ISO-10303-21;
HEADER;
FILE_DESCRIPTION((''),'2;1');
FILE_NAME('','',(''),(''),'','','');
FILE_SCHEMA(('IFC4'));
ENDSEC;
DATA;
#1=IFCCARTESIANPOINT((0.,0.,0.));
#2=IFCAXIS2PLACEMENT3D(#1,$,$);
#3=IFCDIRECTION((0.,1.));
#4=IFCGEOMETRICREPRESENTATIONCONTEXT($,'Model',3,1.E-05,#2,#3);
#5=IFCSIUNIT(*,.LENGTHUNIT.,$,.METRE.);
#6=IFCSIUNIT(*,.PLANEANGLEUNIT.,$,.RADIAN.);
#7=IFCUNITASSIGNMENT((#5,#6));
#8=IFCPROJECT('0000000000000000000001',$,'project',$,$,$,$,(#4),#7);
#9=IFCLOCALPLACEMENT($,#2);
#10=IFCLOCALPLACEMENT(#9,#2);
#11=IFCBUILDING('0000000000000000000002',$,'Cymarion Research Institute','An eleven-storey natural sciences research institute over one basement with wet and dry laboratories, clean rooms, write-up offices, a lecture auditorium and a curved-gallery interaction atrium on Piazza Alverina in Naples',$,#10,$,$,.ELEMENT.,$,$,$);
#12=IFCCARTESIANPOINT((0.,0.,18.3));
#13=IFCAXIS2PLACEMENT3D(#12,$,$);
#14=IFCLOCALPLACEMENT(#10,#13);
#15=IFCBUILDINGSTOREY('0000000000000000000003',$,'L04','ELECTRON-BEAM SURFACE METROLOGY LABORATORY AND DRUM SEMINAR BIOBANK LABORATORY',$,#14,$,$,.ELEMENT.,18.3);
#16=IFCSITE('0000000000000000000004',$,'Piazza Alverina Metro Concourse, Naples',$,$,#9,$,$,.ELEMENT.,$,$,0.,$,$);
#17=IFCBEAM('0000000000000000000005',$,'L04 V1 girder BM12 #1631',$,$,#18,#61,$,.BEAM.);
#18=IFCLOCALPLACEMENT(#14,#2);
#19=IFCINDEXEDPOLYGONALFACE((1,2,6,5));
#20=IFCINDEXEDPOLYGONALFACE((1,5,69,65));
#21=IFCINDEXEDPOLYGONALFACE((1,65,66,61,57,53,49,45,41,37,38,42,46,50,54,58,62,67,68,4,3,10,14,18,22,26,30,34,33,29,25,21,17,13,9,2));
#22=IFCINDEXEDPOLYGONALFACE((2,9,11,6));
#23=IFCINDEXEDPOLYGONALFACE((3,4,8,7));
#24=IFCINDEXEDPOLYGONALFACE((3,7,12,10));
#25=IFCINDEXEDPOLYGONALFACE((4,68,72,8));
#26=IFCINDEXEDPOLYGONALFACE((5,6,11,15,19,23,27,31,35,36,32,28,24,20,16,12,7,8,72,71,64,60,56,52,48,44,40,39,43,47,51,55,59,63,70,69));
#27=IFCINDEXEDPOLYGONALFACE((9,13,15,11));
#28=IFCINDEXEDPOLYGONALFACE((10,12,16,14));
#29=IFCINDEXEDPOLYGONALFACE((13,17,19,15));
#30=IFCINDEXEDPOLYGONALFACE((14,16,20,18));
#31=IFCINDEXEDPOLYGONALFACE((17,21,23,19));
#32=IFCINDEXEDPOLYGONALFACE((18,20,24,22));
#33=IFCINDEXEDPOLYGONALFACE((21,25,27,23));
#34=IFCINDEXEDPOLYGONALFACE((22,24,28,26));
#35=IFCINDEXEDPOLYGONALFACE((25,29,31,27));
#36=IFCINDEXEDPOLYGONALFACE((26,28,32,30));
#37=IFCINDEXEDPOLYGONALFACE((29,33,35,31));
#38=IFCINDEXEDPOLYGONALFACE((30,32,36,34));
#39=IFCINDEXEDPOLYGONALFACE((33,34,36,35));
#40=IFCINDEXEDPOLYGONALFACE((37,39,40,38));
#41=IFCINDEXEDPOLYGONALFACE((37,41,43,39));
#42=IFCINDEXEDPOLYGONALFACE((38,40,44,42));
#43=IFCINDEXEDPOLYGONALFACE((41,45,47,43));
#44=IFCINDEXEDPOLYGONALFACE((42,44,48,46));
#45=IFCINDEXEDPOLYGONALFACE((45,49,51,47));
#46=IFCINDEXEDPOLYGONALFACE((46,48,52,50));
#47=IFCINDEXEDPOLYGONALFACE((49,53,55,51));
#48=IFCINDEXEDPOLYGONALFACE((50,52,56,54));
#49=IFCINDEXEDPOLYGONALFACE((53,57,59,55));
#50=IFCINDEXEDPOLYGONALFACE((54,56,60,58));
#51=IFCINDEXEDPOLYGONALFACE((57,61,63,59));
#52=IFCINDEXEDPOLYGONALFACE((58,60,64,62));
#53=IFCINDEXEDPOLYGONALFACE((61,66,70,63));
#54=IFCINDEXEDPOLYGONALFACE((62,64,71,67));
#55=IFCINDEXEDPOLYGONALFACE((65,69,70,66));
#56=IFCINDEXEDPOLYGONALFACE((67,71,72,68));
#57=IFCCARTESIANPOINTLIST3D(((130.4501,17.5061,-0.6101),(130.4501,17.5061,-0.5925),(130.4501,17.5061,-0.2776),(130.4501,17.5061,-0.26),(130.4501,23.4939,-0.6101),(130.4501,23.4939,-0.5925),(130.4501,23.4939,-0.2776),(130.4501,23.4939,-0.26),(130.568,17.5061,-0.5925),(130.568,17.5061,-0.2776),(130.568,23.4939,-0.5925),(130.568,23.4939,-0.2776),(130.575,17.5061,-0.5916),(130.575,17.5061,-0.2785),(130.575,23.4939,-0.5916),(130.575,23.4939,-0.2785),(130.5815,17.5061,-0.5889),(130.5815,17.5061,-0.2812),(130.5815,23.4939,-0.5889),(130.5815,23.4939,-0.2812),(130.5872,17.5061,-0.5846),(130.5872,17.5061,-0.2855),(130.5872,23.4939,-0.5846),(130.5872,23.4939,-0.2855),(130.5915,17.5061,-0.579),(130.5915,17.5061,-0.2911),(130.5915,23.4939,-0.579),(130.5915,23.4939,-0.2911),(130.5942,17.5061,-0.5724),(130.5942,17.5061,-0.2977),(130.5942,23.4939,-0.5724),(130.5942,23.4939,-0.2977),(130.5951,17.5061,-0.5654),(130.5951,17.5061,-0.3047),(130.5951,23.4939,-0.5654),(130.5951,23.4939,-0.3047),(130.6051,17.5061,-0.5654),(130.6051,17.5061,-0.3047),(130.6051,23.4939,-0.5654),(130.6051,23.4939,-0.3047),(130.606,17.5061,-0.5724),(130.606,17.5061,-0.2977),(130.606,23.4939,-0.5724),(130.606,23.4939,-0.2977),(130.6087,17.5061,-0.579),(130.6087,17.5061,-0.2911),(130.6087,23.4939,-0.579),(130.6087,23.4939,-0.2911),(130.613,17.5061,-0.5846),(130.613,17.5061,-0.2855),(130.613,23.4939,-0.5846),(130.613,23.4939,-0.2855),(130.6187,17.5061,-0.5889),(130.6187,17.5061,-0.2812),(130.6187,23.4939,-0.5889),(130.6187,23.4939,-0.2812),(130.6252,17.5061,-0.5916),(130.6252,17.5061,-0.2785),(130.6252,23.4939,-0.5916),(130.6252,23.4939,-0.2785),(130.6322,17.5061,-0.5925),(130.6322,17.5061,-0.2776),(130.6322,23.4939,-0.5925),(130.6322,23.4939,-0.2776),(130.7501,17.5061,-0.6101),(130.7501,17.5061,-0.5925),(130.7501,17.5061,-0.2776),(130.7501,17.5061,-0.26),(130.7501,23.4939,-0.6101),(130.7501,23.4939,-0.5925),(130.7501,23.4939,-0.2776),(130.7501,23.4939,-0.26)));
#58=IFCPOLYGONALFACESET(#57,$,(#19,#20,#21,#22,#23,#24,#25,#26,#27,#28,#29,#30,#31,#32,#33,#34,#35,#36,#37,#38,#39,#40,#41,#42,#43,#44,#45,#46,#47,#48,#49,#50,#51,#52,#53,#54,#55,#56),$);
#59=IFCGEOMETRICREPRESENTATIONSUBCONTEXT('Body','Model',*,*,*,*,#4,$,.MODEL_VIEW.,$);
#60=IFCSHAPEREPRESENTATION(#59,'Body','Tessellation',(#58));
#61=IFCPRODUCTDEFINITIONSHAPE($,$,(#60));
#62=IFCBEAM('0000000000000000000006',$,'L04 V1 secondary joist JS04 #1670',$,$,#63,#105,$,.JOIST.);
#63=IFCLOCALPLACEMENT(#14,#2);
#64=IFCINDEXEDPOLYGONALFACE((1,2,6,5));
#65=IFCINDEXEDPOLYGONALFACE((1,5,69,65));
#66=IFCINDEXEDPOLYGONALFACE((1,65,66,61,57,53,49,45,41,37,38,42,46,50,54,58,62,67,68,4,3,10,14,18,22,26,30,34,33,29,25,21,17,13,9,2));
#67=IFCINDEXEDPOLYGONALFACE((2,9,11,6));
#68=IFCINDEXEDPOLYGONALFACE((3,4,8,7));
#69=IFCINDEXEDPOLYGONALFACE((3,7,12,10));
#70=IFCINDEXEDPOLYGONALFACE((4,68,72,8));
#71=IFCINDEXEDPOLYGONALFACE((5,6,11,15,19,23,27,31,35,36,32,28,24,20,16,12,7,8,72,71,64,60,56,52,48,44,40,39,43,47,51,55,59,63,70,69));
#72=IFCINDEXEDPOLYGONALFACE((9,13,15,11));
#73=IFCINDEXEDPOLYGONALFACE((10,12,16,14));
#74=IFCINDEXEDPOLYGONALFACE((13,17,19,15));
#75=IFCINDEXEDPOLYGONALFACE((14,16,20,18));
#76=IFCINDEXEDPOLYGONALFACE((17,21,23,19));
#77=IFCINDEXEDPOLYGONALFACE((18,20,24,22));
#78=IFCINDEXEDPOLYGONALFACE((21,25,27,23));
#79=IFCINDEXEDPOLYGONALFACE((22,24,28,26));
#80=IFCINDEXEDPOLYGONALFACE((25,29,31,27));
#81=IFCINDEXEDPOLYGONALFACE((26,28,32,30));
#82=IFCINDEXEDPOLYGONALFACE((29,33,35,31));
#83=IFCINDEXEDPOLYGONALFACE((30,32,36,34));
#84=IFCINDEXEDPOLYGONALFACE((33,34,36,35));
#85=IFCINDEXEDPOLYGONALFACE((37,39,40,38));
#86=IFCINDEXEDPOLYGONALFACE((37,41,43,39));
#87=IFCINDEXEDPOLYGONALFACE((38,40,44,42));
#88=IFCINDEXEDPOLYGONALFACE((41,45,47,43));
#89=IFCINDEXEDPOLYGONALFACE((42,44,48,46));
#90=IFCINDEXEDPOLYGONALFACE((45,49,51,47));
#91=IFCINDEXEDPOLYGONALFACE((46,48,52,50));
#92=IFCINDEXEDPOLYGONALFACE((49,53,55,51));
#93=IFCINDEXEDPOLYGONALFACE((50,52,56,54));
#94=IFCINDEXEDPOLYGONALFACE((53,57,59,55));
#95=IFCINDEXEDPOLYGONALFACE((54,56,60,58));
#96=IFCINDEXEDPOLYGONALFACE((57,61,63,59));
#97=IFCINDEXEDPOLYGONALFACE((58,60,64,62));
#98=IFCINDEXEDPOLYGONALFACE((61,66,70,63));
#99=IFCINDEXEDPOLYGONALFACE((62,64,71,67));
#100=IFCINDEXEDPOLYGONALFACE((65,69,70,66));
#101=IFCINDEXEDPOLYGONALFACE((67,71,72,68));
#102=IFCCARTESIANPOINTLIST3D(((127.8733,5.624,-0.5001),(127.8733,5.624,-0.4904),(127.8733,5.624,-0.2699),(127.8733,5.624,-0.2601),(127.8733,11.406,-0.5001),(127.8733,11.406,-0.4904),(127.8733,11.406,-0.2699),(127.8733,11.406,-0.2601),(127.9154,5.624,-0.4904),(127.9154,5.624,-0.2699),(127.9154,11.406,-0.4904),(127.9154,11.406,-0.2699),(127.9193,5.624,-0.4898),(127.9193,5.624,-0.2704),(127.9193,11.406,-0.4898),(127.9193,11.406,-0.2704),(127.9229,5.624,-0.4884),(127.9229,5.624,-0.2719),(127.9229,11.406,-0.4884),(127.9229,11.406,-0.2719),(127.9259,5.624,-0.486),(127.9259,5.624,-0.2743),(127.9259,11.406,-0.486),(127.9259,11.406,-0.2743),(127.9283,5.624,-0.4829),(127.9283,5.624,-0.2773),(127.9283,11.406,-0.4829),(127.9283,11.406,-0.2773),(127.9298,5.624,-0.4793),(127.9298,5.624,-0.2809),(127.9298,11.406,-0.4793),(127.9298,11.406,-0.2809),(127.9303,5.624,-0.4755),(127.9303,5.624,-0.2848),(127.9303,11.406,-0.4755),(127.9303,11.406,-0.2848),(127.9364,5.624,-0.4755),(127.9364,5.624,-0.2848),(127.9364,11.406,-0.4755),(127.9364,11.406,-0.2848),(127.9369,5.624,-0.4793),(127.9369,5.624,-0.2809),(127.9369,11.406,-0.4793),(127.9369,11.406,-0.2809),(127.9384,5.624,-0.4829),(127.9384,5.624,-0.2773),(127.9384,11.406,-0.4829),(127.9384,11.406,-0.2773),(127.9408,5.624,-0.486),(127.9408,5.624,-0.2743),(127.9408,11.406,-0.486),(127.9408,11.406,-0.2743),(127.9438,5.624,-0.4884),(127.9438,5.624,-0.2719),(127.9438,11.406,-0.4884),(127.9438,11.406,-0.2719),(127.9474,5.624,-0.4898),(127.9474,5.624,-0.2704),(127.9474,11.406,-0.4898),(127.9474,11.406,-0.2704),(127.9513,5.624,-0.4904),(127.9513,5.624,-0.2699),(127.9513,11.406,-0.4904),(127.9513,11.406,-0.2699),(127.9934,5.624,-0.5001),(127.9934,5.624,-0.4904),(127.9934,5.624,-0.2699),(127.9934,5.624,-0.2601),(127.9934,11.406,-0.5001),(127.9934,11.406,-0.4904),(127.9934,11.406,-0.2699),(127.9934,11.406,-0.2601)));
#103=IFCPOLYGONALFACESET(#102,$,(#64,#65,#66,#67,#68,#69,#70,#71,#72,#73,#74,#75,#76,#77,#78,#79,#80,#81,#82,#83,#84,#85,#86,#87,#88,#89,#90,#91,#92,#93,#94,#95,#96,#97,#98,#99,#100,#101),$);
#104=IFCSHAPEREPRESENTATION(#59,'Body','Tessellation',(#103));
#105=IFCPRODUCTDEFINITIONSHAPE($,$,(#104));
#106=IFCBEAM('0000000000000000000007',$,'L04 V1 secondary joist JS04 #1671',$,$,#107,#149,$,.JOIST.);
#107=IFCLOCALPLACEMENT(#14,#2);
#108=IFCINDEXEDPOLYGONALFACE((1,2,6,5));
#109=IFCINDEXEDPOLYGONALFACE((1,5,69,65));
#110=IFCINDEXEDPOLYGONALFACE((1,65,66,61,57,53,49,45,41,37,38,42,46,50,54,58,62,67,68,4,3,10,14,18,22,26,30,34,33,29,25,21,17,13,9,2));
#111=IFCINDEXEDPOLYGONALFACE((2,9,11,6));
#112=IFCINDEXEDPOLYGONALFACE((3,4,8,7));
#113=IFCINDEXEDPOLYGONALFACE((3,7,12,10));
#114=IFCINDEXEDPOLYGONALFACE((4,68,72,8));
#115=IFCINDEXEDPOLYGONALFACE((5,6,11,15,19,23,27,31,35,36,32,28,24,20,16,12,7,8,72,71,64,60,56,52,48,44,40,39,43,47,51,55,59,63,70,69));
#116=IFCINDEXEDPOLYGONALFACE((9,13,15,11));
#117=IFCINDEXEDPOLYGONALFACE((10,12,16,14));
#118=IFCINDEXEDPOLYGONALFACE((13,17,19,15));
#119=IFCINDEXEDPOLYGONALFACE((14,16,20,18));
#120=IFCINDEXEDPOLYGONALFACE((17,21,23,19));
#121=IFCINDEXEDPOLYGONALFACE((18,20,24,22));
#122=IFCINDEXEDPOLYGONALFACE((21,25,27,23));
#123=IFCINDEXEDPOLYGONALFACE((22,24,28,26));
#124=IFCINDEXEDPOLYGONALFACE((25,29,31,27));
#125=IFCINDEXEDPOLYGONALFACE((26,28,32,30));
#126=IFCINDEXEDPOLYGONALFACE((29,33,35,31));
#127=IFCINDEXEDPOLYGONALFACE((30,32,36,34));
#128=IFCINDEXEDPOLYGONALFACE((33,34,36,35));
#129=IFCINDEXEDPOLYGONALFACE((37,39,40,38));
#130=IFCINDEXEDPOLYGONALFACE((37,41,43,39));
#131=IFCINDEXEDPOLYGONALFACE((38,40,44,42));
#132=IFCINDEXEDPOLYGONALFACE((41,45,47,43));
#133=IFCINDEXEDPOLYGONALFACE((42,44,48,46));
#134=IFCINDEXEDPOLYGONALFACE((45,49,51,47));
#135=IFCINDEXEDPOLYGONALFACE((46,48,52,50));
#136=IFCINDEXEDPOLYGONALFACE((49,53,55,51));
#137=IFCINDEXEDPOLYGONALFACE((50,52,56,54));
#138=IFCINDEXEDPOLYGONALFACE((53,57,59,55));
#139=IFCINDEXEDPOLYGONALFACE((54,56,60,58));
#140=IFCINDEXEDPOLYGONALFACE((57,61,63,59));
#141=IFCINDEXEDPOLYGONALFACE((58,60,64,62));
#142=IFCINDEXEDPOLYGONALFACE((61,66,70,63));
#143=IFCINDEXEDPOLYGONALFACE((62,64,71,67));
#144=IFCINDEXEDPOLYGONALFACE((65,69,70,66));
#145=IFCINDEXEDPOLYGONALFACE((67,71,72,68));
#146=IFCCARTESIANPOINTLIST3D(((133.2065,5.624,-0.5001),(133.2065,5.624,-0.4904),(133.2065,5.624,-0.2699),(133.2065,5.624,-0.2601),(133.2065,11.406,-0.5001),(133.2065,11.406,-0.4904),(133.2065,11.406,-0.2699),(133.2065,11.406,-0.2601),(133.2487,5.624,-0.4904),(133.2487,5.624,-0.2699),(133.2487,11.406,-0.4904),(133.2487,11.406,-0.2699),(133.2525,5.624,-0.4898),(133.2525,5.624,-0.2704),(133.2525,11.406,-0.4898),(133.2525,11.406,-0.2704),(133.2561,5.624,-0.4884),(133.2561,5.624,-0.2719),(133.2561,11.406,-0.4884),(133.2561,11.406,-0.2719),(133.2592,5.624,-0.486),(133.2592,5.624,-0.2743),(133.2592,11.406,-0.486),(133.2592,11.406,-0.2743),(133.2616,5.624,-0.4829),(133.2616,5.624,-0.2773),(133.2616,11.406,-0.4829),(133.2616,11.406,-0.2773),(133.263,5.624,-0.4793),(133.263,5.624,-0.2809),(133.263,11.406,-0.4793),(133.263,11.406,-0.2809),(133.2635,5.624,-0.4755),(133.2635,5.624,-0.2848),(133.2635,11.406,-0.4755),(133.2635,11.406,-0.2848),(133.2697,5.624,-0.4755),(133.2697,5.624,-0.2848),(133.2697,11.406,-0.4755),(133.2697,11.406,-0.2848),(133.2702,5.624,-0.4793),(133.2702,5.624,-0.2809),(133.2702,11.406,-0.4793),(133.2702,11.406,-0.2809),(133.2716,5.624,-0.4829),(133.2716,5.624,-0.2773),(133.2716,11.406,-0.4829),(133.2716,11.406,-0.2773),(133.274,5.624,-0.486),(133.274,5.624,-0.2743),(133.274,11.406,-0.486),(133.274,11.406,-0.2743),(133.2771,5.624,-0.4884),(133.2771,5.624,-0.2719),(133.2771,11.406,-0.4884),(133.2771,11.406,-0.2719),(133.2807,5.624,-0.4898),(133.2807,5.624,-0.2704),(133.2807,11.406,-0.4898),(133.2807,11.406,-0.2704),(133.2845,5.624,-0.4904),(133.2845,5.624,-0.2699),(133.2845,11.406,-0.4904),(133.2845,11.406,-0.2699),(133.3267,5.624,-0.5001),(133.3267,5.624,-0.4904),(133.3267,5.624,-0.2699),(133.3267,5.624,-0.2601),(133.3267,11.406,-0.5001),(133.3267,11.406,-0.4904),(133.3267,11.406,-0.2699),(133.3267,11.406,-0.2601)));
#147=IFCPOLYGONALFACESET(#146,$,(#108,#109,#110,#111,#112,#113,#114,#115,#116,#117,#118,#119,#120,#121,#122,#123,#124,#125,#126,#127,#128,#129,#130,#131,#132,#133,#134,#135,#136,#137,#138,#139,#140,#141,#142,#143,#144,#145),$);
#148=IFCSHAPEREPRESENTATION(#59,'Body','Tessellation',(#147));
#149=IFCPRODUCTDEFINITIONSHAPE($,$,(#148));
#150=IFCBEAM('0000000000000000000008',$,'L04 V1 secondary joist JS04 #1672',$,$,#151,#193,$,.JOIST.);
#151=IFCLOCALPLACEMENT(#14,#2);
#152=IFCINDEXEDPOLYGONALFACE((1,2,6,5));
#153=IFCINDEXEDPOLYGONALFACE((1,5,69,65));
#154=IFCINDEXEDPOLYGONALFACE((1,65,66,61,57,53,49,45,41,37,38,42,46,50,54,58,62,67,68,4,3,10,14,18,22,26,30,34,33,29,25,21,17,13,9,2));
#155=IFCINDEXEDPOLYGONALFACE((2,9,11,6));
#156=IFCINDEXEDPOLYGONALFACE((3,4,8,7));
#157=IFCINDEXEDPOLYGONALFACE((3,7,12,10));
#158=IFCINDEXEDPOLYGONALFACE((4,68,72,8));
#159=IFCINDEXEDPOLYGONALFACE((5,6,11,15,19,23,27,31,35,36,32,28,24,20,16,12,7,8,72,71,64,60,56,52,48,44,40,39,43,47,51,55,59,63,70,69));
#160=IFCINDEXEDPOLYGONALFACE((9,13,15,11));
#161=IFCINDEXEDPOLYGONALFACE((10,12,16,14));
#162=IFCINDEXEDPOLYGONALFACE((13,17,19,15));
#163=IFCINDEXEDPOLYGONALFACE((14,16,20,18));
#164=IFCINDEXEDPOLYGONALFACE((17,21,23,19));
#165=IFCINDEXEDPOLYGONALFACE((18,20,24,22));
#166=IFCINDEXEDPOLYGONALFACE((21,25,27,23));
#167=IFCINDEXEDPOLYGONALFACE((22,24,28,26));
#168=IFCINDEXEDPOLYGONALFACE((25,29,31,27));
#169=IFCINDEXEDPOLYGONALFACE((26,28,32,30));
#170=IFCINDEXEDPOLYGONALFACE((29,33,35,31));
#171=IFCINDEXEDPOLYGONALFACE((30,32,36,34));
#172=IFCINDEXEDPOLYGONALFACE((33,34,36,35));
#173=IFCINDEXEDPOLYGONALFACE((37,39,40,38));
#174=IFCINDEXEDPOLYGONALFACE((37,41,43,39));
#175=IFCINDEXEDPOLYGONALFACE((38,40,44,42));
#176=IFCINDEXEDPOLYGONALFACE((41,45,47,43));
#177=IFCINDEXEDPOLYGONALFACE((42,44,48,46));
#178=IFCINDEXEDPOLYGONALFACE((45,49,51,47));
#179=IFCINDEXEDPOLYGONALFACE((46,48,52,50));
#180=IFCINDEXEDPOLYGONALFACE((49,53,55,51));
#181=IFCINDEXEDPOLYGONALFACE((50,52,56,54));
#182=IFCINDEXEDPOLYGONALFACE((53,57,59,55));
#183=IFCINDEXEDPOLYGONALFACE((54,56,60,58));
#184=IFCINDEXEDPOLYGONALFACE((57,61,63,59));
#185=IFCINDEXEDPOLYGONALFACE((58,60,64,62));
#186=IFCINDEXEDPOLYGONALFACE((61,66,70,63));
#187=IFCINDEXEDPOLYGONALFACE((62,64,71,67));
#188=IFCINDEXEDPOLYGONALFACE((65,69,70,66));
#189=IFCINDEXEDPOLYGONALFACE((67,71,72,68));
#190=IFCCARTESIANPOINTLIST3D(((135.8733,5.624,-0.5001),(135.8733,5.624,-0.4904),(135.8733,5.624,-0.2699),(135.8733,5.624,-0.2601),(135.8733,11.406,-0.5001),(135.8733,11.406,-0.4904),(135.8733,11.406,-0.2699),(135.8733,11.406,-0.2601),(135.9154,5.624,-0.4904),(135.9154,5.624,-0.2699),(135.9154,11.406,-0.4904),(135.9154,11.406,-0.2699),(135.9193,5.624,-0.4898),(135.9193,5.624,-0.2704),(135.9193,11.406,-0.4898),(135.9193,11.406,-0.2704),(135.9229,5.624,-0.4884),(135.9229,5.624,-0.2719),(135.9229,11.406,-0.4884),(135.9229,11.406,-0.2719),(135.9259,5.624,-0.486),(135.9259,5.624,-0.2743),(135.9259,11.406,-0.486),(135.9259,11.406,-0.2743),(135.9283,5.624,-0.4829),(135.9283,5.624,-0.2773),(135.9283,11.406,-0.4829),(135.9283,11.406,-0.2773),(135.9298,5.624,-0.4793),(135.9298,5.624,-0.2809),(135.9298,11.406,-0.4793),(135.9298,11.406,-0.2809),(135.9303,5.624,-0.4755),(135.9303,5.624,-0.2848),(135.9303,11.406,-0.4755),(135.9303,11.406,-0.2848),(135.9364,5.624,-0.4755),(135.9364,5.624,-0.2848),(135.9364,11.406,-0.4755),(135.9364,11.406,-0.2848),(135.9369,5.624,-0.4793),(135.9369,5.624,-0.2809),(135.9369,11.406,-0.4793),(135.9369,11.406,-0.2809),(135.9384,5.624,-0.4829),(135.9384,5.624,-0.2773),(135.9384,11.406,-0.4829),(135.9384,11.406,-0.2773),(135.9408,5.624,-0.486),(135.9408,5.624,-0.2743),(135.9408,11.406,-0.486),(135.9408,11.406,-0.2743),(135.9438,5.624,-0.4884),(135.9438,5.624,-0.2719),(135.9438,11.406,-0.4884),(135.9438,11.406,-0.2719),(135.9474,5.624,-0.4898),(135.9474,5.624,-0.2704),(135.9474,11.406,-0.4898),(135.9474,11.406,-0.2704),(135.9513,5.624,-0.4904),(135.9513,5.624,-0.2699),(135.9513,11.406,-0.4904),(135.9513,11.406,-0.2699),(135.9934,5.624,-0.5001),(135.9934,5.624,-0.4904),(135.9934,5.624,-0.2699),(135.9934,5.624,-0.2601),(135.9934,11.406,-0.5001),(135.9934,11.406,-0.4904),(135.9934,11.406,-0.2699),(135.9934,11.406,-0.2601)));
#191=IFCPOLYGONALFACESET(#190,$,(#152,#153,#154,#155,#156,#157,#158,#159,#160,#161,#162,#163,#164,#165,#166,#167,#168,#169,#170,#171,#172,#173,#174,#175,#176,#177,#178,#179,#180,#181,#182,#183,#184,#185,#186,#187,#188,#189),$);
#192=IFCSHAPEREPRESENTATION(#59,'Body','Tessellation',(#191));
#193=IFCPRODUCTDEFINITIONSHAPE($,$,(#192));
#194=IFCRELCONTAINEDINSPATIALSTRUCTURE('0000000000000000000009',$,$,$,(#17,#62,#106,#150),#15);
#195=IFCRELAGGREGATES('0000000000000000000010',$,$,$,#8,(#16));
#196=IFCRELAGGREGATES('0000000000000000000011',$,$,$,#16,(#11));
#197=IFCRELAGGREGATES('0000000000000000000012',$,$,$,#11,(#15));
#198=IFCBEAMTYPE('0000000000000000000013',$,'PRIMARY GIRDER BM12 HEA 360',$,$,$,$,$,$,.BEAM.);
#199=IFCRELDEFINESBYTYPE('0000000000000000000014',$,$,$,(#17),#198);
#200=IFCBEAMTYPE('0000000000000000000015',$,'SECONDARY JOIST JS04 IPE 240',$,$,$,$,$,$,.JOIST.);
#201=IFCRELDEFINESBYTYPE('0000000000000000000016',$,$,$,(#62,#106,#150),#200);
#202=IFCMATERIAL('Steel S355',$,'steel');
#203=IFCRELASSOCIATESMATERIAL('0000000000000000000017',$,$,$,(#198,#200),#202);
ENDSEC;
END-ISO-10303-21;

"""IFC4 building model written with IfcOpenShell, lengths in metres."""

from ifc_helpers import new_model, si_unit, direction, frame, origin, origin_2d, place, context, subcontext, project, spatial, i_section, extrude, material, material_profile, profile_set, type_object, element, save


model = new_model("IFC4")

# Units and contexts
model_context = context("Model", 3, precision=1e-05, world=origin(), true_north=direction((0.0, 1.0)))
body_context = subcontext(model_context, "Body", "Model", "MODEL_VIEW")
ifc_project = project(units=[si_unit("LENGTHUNIT", "METRE"), si_unit("PLANEANGLEUNIT", "RADIAN")], contexts=[model_context])

# Site, building, storey
site_placement = place(None, origin())
site = spatial("IfcSite", under=ifc_project, at=site_placement, Name="Piazza Alverina Metro Concourse, Naples", CompositionType="ELEMENT", RefElevation=0.0)
building_placement = place(site_placement, origin())
building = spatial("IfcBuilding", under=site, at=building_placement, Name="Cymarion Research Institute", Description="An eleven-storey natural sciences research institute over one basement with wet and dry laboratories, clean rooms, write-up offices, a lecture auditorium and a curved-gallery interaction atrium on Piazza Alverina in Naples", CompositionType="ELEMENT")
storey_placement = place(building_placement, frame((0.0, 0.0, 18.3)))
storey = spatial("IfcBuildingStorey", under=building, at=storey_placement, Name="L04", Description="ELECTRON-BEAM SURFACE METROLOGY LABORATORY AND DRUM SEMINAR BIOBANK LABORATORY", CompositionType="ELEMENT", Elevation=18.3)

# Shared definitions
ifc_material_1 = material(Name="Steel S355", Category="steel")

# Beams
ifc_material_profile_1 = material_profile(ifc_material_1, i_section(OverallWidth=0.3, OverallDepth=0.3501, WebThickness=0.01, FlangeThickness=0.0176, FilletRadius=0.0271, at=origin_2d()), Name="HEA 360")
ifc_profile_set_1 = profile_set([ifc_material_profile_1], Name="Steel S355")
beam_type_1 = type_object("IfcBeamType", Name="PRIMARY GIRDER BM12 HEA 360", PredefinedType="BEAM", material=ifc_profile_set_1)
for number, where, z_axis, x_axis, name in (
    (1, (130.6001, 17.5061, -0.4351), (0.0, 1.0, 0.0), (-1.0, 0.0, 0.0), "L04 V1 girder BM12 #1631"),
):
    element("IfcBeam", number, at=place(storey_placement, frame(where, z_axis=z_axis, x_axis=x_axis)), inside=storey, type_object=beam_type_1, Name=name, PredefinedType="BEAM", context=body_context, shape_type="SweptSolid", body=[
        extrude(i_section(OverallWidth=0.3, OverallDepth=0.3501, WebThickness=0.01, FlangeThickness=0.0176, FilletRadius=0.0271, at=origin_2d()), origin(), (0.0, 0.0, 1.0), 5.9878),
    ])
ifc_material_profile_2 = material_profile(ifc_material_1, i_section(OverallWidth=0.1201, OverallDepth=0.24, WebThickness=0.0061, FlangeThickness=0.0098, FilletRadius=0.0149, at=origin_2d()), Name="IPE 240")
ifc_profile_set_2 = profile_set([ifc_material_profile_2], Name="Steel S355")
beam_type_2 = type_object("IfcBeamType", Name="SECONDARY JOIST JS04 IPE 240", PredefinedType="JOIST", material=ifc_profile_set_2)
for number, where, z_axis, x_axis, name in (
    (2, (127.9333, 5.624, -0.3801), (0.0, 1.0, 0.0), (-1.0, 0.0, 0.0), "L04 V1 secondary joist JS04 #1670"),
    (3, (133.2666, 5.624, -0.3801), (0.0, 1.0, 0.0), (-1.0, 0.0, 0.0), "L04 V1 secondary joist JS04 #1671"),
    (4, (135.9333, 5.624, -0.3801), (0.0, 1.0, 0.0), (-1.0, 0.0, 0.0), "L04 V1 secondary joist JS04 #1672"),
):
    element("IfcBeam", number, at=place(storey_placement, frame(where, z_axis=z_axis, x_axis=x_axis)), inside=storey, type_object=beam_type_2, Name=name, PredefinedType="JOIST", context=body_context, shape_type="SweptSolid", body=[
        extrude(i_section(OverallWidth=0.1201, OverallDepth=0.24, WebThickness=0.0061, FlangeThickness=0.0098, FilletRadius=0.0149, at=origin_2d()), origin(), (0.0, 0.0, 1.0), 5.782),
    ])

save(model, "model.ifc")
